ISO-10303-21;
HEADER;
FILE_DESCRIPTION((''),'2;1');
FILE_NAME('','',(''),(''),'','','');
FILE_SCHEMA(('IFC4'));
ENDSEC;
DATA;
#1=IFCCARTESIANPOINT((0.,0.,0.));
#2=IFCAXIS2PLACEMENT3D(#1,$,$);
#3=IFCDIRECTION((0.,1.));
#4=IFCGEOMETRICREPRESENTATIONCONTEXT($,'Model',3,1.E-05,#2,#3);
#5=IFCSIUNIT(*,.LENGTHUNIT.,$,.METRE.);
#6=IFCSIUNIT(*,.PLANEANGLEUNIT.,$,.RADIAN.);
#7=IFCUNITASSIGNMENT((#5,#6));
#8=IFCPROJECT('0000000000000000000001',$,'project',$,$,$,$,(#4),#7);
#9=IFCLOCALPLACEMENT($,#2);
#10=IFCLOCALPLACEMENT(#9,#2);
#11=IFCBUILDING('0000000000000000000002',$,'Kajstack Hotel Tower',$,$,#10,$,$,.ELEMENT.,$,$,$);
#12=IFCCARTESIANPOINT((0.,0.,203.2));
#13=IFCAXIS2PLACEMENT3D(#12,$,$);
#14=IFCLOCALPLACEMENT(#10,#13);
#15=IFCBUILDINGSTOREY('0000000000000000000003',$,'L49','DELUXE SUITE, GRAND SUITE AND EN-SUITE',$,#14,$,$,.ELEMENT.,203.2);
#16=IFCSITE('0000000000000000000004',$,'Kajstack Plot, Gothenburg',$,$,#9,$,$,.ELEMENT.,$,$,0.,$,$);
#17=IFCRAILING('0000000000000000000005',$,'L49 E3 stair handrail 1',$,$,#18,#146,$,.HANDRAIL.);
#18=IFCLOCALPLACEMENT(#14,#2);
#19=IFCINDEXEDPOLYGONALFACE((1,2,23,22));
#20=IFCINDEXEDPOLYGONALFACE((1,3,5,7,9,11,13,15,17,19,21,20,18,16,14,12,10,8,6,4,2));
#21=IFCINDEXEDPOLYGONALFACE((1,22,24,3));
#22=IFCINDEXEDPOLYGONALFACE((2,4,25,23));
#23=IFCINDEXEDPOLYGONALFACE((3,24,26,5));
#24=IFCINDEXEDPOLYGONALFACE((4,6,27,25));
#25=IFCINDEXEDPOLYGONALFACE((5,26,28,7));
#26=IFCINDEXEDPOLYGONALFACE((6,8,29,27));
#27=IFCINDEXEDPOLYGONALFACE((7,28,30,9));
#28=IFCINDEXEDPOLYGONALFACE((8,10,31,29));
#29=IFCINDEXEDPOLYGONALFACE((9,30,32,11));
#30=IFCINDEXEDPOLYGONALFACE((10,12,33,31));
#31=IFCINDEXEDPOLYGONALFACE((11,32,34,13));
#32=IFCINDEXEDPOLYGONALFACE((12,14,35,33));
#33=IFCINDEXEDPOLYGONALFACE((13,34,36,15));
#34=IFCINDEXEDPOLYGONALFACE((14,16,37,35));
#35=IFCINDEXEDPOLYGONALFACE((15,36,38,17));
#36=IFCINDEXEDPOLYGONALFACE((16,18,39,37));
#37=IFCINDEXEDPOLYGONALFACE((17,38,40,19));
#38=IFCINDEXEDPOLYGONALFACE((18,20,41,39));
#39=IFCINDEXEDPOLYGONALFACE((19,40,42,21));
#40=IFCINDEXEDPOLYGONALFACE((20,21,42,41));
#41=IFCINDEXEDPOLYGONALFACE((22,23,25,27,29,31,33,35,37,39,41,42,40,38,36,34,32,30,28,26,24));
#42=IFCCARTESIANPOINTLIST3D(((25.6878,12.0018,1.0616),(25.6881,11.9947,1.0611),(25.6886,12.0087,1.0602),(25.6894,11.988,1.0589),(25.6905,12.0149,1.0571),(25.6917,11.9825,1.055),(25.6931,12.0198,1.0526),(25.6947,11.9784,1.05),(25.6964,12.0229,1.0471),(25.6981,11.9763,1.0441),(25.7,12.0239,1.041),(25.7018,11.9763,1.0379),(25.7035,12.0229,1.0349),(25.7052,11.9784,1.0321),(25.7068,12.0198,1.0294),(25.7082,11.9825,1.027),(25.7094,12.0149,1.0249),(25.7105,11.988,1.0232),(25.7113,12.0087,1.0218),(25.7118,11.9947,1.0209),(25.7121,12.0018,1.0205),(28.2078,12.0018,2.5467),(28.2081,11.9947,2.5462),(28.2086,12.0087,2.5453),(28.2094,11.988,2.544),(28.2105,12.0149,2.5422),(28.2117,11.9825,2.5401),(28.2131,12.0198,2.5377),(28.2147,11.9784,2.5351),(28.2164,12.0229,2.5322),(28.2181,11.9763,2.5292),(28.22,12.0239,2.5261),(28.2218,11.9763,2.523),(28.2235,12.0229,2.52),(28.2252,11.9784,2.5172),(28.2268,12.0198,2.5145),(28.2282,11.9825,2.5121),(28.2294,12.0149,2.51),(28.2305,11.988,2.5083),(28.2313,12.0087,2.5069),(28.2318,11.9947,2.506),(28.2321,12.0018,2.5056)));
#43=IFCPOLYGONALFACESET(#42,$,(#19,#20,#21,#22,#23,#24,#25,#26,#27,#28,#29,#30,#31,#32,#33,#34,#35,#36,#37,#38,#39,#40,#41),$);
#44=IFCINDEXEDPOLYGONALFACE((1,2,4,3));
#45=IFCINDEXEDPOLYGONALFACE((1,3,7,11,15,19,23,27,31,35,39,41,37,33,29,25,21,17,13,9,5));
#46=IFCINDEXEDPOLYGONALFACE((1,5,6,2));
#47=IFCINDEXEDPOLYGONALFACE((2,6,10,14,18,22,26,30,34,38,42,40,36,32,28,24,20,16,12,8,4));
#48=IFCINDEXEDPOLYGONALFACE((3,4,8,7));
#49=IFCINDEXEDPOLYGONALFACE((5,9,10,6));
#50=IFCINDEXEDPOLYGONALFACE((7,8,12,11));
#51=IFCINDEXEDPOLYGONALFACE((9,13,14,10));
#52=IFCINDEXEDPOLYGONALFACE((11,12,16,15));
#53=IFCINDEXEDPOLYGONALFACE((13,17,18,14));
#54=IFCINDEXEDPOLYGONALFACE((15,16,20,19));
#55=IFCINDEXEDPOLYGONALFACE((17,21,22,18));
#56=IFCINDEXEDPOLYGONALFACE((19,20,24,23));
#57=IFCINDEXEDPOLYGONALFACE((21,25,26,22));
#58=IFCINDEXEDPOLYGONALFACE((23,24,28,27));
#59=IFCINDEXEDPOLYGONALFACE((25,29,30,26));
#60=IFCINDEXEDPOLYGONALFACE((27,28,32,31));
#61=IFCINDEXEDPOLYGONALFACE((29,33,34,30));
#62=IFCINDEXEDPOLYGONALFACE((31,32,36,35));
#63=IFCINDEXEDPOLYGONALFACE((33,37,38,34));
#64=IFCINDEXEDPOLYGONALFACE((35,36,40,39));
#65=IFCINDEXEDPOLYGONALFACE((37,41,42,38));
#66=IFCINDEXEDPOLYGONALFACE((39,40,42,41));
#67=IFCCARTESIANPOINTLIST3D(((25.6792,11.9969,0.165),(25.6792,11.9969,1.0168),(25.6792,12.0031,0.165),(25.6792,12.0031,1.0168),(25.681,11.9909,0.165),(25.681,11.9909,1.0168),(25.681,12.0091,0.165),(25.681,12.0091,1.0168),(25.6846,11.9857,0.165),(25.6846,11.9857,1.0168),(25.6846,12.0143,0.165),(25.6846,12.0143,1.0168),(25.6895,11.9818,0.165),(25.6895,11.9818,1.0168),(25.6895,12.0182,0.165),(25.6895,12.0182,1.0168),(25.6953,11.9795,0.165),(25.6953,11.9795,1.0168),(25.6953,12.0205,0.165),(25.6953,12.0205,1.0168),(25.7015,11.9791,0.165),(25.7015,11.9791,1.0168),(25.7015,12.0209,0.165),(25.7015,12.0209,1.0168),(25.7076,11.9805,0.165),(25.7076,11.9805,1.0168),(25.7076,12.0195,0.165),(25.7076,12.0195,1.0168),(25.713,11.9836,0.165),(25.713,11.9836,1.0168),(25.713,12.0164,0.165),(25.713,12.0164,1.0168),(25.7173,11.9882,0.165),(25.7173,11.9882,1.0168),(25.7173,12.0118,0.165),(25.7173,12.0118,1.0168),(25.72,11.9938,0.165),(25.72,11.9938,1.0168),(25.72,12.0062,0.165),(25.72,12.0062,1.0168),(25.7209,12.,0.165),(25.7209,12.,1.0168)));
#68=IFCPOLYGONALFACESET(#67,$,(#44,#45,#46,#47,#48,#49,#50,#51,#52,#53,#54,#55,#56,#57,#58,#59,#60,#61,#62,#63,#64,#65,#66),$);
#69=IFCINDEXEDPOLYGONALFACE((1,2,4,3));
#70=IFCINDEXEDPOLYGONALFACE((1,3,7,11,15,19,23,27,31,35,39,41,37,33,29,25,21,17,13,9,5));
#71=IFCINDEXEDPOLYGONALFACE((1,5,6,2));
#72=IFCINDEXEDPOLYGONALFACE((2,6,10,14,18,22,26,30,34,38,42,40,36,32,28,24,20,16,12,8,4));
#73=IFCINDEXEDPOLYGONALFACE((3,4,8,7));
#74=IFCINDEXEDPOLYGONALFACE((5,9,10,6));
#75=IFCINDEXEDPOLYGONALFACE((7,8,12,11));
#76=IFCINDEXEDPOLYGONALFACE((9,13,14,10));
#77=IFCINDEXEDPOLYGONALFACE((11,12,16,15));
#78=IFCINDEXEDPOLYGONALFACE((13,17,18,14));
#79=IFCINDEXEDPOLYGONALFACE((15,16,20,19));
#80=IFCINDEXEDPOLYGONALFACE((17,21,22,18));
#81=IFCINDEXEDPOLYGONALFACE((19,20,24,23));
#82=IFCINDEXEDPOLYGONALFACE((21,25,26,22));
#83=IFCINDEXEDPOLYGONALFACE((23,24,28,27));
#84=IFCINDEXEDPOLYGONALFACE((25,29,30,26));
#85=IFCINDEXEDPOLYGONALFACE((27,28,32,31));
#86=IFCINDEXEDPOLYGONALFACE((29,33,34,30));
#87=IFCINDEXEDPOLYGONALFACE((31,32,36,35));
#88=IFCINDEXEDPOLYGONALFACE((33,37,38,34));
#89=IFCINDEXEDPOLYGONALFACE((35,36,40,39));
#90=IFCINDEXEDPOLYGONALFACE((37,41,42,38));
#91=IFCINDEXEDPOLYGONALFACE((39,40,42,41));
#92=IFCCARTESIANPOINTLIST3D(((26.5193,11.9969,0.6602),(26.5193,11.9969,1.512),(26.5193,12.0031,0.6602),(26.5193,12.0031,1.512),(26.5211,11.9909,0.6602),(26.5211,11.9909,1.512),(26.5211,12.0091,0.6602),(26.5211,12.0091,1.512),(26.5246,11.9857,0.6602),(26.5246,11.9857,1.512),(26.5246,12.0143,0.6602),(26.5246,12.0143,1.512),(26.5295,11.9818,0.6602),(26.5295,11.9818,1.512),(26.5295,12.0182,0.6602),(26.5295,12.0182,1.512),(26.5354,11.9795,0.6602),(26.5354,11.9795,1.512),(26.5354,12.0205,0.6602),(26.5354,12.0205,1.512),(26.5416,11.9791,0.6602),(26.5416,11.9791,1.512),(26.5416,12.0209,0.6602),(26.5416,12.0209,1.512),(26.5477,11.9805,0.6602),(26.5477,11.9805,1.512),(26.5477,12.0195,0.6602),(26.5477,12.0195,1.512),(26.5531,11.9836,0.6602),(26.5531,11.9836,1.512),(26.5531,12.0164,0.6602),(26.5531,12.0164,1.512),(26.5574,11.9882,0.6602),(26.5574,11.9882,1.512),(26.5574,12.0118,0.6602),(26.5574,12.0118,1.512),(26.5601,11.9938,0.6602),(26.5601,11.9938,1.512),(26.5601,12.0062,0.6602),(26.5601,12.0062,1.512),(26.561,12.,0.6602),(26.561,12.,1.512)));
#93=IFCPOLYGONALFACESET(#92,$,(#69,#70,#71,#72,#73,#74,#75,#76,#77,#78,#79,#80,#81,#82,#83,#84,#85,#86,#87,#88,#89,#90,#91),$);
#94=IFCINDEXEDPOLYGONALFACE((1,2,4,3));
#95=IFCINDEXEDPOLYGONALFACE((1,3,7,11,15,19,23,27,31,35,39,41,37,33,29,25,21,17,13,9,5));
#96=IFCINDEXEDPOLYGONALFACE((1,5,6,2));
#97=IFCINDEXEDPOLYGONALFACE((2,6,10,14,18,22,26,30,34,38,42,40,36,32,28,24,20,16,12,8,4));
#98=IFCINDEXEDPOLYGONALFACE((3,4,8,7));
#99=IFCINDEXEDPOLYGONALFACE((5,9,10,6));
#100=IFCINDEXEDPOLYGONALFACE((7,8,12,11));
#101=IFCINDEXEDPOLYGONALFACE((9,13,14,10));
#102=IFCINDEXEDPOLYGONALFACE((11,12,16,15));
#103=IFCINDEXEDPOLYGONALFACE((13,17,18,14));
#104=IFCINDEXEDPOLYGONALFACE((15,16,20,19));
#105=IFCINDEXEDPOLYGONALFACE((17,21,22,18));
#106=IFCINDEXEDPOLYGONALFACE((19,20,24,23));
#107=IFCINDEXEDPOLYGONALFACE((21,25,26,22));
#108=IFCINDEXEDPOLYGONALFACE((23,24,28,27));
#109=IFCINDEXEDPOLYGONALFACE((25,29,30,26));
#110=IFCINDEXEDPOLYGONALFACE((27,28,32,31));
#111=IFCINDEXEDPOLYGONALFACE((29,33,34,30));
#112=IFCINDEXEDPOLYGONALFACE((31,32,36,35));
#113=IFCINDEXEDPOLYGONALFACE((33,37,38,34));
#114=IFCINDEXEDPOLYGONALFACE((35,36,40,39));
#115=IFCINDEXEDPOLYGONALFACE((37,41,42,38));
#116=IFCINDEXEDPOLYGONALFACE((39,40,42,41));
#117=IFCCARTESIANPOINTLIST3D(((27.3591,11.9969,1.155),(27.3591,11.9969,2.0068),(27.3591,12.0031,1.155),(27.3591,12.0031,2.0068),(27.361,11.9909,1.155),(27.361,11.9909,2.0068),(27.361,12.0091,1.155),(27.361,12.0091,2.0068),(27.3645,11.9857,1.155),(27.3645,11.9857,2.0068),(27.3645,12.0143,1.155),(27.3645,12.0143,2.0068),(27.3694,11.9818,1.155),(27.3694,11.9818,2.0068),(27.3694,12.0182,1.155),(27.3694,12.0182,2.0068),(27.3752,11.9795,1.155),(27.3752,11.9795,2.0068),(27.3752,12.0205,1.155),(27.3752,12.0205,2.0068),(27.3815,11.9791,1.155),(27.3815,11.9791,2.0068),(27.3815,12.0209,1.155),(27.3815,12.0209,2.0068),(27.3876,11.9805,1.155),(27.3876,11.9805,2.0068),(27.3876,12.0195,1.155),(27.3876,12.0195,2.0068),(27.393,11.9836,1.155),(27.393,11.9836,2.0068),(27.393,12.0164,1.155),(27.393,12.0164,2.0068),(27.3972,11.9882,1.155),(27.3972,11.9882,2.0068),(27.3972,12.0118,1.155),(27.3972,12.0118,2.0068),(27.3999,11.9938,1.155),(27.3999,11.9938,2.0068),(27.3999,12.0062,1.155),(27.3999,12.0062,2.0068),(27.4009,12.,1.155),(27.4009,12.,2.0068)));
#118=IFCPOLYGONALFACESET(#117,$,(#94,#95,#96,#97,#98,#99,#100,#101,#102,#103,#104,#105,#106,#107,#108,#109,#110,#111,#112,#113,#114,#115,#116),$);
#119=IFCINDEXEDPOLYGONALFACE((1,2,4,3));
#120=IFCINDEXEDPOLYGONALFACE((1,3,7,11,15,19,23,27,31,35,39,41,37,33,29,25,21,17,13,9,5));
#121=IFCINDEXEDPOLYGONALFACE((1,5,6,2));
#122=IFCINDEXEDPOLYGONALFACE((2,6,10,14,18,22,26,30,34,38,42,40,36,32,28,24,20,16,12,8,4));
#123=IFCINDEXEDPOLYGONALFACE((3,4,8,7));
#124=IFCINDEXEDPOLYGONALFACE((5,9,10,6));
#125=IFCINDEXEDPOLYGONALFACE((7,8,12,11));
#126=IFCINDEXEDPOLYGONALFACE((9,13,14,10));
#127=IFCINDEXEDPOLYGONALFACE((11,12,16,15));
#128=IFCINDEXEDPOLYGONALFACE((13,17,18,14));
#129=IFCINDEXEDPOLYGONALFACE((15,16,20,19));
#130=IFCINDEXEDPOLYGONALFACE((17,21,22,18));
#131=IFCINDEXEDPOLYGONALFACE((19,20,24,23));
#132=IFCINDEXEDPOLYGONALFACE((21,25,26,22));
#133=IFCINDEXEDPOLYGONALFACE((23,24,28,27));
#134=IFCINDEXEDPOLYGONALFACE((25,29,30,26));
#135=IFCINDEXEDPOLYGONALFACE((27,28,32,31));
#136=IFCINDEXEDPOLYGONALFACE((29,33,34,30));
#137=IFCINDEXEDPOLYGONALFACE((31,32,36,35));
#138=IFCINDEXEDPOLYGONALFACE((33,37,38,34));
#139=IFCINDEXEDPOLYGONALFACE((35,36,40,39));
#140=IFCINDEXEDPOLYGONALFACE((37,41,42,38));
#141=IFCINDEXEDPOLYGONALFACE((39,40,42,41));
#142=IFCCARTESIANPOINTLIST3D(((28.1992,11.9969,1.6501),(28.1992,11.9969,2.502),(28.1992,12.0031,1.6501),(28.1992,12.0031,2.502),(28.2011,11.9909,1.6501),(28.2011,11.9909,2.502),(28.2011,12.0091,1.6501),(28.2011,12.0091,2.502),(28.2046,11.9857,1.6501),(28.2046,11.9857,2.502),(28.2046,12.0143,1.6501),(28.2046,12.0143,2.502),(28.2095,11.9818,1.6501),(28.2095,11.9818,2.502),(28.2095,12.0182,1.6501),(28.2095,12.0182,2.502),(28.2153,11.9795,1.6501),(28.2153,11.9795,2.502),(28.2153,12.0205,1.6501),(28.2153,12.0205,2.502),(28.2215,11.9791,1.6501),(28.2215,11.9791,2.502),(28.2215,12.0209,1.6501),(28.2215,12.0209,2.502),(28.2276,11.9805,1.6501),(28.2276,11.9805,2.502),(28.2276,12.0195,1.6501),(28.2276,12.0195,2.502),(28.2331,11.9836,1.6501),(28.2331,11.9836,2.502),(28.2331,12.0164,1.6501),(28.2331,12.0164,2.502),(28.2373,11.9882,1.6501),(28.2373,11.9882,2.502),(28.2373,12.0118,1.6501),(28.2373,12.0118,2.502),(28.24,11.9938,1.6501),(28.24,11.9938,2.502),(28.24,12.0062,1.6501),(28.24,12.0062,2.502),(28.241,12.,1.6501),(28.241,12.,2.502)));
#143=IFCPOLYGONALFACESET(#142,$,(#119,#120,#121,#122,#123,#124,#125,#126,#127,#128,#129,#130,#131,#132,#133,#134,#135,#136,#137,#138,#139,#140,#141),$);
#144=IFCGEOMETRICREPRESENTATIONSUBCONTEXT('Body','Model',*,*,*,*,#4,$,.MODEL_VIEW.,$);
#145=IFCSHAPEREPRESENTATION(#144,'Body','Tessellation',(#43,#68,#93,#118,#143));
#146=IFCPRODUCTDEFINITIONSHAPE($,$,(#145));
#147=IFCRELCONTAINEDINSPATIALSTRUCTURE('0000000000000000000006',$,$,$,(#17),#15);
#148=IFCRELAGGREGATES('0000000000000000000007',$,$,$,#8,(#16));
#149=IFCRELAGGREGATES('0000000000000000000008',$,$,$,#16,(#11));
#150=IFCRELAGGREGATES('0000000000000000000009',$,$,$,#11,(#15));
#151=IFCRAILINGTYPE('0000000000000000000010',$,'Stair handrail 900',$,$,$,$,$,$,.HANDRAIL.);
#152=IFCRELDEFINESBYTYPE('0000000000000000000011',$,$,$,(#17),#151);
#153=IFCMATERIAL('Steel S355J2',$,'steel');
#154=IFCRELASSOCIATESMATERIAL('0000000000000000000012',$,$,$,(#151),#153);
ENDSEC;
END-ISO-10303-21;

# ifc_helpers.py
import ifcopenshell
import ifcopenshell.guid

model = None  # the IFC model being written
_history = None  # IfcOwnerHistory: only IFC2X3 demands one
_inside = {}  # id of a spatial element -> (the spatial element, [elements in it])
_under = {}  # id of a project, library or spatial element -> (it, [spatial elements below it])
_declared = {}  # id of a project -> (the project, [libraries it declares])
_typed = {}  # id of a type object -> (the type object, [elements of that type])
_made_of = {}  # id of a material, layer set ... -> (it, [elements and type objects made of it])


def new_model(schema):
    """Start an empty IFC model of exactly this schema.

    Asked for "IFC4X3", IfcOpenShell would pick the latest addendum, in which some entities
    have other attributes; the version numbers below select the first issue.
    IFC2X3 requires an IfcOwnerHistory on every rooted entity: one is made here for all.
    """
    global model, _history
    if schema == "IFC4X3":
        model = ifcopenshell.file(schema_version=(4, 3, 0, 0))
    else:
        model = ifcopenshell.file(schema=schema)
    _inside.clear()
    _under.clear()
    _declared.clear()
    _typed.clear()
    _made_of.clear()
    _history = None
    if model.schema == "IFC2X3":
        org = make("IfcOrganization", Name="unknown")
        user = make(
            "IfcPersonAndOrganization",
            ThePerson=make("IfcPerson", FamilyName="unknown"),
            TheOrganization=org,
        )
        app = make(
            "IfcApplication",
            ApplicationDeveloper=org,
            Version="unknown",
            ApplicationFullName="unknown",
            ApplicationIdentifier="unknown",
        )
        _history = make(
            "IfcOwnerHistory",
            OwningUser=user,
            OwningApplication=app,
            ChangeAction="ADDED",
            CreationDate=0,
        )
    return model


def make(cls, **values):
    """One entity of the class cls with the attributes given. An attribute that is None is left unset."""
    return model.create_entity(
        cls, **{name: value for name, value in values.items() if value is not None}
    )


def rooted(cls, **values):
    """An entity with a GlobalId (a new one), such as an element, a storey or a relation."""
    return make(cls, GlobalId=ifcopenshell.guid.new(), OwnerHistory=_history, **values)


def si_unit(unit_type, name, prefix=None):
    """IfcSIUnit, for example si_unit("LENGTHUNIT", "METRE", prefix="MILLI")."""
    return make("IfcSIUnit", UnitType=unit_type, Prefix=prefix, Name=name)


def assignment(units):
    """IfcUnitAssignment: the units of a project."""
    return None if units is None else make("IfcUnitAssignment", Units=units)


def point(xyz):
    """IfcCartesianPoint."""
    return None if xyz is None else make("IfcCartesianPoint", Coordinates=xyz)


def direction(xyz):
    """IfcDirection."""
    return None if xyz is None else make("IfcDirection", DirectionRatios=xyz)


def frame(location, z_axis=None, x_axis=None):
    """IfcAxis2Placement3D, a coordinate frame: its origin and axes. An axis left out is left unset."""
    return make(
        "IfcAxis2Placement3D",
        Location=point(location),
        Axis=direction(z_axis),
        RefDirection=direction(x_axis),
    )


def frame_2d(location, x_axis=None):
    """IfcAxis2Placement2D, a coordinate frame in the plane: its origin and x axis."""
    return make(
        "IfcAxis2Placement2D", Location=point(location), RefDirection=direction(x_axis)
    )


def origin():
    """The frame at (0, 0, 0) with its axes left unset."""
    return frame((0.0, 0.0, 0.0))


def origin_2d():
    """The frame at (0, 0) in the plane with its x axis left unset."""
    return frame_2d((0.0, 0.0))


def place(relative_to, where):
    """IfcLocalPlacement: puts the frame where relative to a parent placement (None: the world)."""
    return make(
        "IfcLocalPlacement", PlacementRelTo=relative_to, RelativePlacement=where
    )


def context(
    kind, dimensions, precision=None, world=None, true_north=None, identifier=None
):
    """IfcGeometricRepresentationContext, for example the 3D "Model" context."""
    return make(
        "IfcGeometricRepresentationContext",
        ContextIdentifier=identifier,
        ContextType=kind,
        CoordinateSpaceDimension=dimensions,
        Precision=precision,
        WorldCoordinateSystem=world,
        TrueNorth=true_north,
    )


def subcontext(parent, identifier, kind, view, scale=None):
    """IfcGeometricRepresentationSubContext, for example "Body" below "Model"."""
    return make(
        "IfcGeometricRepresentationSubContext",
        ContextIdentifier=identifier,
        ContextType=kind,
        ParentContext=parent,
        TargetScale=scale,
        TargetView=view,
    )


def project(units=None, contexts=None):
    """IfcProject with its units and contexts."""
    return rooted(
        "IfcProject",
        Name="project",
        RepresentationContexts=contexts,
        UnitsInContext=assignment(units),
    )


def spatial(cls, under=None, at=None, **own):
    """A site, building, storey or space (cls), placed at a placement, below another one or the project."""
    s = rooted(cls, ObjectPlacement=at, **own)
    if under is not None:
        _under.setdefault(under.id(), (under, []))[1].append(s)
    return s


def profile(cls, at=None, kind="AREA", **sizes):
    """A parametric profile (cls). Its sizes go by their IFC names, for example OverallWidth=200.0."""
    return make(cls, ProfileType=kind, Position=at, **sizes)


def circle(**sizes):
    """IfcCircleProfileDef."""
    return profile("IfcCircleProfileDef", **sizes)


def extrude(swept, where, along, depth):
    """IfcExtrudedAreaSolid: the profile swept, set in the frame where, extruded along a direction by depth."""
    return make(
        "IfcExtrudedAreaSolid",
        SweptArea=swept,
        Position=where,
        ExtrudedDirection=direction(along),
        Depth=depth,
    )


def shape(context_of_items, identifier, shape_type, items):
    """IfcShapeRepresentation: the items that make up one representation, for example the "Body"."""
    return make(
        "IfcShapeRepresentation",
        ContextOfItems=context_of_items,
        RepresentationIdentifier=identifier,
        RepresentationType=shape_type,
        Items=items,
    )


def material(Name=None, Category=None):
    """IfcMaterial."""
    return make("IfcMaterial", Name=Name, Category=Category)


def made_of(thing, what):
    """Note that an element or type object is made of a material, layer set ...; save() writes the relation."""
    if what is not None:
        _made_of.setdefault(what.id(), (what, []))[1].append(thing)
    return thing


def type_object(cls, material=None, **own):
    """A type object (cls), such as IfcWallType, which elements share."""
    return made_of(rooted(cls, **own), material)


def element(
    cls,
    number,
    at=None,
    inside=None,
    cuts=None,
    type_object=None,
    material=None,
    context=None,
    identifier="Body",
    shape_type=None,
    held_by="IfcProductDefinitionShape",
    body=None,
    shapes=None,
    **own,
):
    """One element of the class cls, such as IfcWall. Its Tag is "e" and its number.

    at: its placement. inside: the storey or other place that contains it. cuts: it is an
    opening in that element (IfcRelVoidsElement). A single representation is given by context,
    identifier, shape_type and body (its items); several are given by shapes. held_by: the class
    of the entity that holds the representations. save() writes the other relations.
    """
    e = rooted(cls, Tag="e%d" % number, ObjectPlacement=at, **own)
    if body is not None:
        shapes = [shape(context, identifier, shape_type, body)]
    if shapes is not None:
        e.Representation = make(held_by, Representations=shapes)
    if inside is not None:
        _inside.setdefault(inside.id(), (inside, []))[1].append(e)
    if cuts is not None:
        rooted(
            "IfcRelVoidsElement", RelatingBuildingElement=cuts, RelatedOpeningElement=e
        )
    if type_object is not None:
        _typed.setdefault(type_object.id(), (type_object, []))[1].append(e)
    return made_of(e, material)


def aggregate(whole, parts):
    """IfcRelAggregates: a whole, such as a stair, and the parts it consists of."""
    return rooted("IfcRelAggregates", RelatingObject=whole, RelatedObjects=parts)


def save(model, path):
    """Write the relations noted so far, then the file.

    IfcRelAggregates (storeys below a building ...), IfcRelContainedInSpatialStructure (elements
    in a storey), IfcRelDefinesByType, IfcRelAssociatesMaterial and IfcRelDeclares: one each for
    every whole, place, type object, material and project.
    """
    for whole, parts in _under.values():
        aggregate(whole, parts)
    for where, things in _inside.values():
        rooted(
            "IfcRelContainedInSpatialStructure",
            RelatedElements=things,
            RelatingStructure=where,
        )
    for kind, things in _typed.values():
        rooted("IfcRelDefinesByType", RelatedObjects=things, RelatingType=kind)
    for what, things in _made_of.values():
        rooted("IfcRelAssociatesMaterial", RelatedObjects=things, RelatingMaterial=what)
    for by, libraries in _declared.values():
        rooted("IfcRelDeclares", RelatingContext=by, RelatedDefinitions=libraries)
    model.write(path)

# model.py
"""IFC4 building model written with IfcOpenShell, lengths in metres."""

from ifc_helpers import new_model, si_unit, direction, frame, origin, origin_2d, place, context, subcontext, project, spatial, circle, extrude, material, type_object, element, save


model = new_model("IFC4")

# Units and contexts
model_context = context("Model", 3, precision=1e-05, world=origin(), true_north=direction((0.0, 1.0)))
body_context = subcontext(model_context, "Body", "Model", "MODEL_VIEW")
ifc_project = project(units=[si_unit("LENGTHUNIT", "METRE"), si_unit("PLANEANGLEUNIT", "RADIAN")], contexts=[model_context])

# Site, building, storey
site_placement = place(None, origin())
site = spatial("IfcSite", under=ifc_project, at=site_placement, Name="Kajstack Plot, Gothenburg", CompositionType="ELEMENT", RefElevation=0.0)
building_placement = place(site_placement, origin())
building = spatial("IfcBuilding", under=site, at=building_placement, Name="Kajstack Hotel Tower", CompositionType="ELEMENT")
storey_placement = place(building_placement, frame((0.0, 0.0, 203.2)))
storey = spatial("IfcBuildingStorey", under=building, at=storey_placement, Name="L49", Description="DELUXE SUITE, GRAND SUITE AND EN-SUITE", CompositionType="ELEMENT", Elevation=203.2)

# Railing
ifc_material_1 = material(Name="Steel S355J2", Category="steel")
railing_type_1 = type_object("IfcRailingType", Name="Stair handrail 900", PredefinedType="HANDRAIL", material=ifc_material_1)
railing_1_placement = place(storey_placement, frame((25.7, 12.0, 0.165)))
element("IfcRailing", 1, at=railing_1_placement, inside=storey, type_object=railing_type_1, Name="L49 E3 stair handrail 1", PredefinedType="HANDRAIL", context=body_context, shape_type="SweptSolid", body=[
    extrude(circle(Radius=0.0239, at=origin_2d()), frame((0.0, 0.0, 0.876), z_axis=(0.861524, 0.0, 0.507717), x_axis=(0.0, 1.0, 0.0)), (0.0, 0.0, 1.0), 2.925),
    extrude(circle(Radius=0.021, at=origin_2d()), origin(), (0.0, 0.0, 1.0), 0.8518),
    extrude(circle(Radius=0.021, at=origin_2d()), frame((0.8401, 0.0, 0.4951)), (0.0, 0.0, 1.0), 0.8518),
    extrude(circle(Radius=0.021, at=origin_2d()), frame((1.6799, 0.0, 0.99)), (0.0, 0.0, 1.0), 0.8518),
    extrude(circle(Radius=0.021, at=origin_2d()), frame((2.52, 0.0, 1.4851)), (0.0, 0.0, 1.0), 0.8518),
])

save(model, "model.ifc")
